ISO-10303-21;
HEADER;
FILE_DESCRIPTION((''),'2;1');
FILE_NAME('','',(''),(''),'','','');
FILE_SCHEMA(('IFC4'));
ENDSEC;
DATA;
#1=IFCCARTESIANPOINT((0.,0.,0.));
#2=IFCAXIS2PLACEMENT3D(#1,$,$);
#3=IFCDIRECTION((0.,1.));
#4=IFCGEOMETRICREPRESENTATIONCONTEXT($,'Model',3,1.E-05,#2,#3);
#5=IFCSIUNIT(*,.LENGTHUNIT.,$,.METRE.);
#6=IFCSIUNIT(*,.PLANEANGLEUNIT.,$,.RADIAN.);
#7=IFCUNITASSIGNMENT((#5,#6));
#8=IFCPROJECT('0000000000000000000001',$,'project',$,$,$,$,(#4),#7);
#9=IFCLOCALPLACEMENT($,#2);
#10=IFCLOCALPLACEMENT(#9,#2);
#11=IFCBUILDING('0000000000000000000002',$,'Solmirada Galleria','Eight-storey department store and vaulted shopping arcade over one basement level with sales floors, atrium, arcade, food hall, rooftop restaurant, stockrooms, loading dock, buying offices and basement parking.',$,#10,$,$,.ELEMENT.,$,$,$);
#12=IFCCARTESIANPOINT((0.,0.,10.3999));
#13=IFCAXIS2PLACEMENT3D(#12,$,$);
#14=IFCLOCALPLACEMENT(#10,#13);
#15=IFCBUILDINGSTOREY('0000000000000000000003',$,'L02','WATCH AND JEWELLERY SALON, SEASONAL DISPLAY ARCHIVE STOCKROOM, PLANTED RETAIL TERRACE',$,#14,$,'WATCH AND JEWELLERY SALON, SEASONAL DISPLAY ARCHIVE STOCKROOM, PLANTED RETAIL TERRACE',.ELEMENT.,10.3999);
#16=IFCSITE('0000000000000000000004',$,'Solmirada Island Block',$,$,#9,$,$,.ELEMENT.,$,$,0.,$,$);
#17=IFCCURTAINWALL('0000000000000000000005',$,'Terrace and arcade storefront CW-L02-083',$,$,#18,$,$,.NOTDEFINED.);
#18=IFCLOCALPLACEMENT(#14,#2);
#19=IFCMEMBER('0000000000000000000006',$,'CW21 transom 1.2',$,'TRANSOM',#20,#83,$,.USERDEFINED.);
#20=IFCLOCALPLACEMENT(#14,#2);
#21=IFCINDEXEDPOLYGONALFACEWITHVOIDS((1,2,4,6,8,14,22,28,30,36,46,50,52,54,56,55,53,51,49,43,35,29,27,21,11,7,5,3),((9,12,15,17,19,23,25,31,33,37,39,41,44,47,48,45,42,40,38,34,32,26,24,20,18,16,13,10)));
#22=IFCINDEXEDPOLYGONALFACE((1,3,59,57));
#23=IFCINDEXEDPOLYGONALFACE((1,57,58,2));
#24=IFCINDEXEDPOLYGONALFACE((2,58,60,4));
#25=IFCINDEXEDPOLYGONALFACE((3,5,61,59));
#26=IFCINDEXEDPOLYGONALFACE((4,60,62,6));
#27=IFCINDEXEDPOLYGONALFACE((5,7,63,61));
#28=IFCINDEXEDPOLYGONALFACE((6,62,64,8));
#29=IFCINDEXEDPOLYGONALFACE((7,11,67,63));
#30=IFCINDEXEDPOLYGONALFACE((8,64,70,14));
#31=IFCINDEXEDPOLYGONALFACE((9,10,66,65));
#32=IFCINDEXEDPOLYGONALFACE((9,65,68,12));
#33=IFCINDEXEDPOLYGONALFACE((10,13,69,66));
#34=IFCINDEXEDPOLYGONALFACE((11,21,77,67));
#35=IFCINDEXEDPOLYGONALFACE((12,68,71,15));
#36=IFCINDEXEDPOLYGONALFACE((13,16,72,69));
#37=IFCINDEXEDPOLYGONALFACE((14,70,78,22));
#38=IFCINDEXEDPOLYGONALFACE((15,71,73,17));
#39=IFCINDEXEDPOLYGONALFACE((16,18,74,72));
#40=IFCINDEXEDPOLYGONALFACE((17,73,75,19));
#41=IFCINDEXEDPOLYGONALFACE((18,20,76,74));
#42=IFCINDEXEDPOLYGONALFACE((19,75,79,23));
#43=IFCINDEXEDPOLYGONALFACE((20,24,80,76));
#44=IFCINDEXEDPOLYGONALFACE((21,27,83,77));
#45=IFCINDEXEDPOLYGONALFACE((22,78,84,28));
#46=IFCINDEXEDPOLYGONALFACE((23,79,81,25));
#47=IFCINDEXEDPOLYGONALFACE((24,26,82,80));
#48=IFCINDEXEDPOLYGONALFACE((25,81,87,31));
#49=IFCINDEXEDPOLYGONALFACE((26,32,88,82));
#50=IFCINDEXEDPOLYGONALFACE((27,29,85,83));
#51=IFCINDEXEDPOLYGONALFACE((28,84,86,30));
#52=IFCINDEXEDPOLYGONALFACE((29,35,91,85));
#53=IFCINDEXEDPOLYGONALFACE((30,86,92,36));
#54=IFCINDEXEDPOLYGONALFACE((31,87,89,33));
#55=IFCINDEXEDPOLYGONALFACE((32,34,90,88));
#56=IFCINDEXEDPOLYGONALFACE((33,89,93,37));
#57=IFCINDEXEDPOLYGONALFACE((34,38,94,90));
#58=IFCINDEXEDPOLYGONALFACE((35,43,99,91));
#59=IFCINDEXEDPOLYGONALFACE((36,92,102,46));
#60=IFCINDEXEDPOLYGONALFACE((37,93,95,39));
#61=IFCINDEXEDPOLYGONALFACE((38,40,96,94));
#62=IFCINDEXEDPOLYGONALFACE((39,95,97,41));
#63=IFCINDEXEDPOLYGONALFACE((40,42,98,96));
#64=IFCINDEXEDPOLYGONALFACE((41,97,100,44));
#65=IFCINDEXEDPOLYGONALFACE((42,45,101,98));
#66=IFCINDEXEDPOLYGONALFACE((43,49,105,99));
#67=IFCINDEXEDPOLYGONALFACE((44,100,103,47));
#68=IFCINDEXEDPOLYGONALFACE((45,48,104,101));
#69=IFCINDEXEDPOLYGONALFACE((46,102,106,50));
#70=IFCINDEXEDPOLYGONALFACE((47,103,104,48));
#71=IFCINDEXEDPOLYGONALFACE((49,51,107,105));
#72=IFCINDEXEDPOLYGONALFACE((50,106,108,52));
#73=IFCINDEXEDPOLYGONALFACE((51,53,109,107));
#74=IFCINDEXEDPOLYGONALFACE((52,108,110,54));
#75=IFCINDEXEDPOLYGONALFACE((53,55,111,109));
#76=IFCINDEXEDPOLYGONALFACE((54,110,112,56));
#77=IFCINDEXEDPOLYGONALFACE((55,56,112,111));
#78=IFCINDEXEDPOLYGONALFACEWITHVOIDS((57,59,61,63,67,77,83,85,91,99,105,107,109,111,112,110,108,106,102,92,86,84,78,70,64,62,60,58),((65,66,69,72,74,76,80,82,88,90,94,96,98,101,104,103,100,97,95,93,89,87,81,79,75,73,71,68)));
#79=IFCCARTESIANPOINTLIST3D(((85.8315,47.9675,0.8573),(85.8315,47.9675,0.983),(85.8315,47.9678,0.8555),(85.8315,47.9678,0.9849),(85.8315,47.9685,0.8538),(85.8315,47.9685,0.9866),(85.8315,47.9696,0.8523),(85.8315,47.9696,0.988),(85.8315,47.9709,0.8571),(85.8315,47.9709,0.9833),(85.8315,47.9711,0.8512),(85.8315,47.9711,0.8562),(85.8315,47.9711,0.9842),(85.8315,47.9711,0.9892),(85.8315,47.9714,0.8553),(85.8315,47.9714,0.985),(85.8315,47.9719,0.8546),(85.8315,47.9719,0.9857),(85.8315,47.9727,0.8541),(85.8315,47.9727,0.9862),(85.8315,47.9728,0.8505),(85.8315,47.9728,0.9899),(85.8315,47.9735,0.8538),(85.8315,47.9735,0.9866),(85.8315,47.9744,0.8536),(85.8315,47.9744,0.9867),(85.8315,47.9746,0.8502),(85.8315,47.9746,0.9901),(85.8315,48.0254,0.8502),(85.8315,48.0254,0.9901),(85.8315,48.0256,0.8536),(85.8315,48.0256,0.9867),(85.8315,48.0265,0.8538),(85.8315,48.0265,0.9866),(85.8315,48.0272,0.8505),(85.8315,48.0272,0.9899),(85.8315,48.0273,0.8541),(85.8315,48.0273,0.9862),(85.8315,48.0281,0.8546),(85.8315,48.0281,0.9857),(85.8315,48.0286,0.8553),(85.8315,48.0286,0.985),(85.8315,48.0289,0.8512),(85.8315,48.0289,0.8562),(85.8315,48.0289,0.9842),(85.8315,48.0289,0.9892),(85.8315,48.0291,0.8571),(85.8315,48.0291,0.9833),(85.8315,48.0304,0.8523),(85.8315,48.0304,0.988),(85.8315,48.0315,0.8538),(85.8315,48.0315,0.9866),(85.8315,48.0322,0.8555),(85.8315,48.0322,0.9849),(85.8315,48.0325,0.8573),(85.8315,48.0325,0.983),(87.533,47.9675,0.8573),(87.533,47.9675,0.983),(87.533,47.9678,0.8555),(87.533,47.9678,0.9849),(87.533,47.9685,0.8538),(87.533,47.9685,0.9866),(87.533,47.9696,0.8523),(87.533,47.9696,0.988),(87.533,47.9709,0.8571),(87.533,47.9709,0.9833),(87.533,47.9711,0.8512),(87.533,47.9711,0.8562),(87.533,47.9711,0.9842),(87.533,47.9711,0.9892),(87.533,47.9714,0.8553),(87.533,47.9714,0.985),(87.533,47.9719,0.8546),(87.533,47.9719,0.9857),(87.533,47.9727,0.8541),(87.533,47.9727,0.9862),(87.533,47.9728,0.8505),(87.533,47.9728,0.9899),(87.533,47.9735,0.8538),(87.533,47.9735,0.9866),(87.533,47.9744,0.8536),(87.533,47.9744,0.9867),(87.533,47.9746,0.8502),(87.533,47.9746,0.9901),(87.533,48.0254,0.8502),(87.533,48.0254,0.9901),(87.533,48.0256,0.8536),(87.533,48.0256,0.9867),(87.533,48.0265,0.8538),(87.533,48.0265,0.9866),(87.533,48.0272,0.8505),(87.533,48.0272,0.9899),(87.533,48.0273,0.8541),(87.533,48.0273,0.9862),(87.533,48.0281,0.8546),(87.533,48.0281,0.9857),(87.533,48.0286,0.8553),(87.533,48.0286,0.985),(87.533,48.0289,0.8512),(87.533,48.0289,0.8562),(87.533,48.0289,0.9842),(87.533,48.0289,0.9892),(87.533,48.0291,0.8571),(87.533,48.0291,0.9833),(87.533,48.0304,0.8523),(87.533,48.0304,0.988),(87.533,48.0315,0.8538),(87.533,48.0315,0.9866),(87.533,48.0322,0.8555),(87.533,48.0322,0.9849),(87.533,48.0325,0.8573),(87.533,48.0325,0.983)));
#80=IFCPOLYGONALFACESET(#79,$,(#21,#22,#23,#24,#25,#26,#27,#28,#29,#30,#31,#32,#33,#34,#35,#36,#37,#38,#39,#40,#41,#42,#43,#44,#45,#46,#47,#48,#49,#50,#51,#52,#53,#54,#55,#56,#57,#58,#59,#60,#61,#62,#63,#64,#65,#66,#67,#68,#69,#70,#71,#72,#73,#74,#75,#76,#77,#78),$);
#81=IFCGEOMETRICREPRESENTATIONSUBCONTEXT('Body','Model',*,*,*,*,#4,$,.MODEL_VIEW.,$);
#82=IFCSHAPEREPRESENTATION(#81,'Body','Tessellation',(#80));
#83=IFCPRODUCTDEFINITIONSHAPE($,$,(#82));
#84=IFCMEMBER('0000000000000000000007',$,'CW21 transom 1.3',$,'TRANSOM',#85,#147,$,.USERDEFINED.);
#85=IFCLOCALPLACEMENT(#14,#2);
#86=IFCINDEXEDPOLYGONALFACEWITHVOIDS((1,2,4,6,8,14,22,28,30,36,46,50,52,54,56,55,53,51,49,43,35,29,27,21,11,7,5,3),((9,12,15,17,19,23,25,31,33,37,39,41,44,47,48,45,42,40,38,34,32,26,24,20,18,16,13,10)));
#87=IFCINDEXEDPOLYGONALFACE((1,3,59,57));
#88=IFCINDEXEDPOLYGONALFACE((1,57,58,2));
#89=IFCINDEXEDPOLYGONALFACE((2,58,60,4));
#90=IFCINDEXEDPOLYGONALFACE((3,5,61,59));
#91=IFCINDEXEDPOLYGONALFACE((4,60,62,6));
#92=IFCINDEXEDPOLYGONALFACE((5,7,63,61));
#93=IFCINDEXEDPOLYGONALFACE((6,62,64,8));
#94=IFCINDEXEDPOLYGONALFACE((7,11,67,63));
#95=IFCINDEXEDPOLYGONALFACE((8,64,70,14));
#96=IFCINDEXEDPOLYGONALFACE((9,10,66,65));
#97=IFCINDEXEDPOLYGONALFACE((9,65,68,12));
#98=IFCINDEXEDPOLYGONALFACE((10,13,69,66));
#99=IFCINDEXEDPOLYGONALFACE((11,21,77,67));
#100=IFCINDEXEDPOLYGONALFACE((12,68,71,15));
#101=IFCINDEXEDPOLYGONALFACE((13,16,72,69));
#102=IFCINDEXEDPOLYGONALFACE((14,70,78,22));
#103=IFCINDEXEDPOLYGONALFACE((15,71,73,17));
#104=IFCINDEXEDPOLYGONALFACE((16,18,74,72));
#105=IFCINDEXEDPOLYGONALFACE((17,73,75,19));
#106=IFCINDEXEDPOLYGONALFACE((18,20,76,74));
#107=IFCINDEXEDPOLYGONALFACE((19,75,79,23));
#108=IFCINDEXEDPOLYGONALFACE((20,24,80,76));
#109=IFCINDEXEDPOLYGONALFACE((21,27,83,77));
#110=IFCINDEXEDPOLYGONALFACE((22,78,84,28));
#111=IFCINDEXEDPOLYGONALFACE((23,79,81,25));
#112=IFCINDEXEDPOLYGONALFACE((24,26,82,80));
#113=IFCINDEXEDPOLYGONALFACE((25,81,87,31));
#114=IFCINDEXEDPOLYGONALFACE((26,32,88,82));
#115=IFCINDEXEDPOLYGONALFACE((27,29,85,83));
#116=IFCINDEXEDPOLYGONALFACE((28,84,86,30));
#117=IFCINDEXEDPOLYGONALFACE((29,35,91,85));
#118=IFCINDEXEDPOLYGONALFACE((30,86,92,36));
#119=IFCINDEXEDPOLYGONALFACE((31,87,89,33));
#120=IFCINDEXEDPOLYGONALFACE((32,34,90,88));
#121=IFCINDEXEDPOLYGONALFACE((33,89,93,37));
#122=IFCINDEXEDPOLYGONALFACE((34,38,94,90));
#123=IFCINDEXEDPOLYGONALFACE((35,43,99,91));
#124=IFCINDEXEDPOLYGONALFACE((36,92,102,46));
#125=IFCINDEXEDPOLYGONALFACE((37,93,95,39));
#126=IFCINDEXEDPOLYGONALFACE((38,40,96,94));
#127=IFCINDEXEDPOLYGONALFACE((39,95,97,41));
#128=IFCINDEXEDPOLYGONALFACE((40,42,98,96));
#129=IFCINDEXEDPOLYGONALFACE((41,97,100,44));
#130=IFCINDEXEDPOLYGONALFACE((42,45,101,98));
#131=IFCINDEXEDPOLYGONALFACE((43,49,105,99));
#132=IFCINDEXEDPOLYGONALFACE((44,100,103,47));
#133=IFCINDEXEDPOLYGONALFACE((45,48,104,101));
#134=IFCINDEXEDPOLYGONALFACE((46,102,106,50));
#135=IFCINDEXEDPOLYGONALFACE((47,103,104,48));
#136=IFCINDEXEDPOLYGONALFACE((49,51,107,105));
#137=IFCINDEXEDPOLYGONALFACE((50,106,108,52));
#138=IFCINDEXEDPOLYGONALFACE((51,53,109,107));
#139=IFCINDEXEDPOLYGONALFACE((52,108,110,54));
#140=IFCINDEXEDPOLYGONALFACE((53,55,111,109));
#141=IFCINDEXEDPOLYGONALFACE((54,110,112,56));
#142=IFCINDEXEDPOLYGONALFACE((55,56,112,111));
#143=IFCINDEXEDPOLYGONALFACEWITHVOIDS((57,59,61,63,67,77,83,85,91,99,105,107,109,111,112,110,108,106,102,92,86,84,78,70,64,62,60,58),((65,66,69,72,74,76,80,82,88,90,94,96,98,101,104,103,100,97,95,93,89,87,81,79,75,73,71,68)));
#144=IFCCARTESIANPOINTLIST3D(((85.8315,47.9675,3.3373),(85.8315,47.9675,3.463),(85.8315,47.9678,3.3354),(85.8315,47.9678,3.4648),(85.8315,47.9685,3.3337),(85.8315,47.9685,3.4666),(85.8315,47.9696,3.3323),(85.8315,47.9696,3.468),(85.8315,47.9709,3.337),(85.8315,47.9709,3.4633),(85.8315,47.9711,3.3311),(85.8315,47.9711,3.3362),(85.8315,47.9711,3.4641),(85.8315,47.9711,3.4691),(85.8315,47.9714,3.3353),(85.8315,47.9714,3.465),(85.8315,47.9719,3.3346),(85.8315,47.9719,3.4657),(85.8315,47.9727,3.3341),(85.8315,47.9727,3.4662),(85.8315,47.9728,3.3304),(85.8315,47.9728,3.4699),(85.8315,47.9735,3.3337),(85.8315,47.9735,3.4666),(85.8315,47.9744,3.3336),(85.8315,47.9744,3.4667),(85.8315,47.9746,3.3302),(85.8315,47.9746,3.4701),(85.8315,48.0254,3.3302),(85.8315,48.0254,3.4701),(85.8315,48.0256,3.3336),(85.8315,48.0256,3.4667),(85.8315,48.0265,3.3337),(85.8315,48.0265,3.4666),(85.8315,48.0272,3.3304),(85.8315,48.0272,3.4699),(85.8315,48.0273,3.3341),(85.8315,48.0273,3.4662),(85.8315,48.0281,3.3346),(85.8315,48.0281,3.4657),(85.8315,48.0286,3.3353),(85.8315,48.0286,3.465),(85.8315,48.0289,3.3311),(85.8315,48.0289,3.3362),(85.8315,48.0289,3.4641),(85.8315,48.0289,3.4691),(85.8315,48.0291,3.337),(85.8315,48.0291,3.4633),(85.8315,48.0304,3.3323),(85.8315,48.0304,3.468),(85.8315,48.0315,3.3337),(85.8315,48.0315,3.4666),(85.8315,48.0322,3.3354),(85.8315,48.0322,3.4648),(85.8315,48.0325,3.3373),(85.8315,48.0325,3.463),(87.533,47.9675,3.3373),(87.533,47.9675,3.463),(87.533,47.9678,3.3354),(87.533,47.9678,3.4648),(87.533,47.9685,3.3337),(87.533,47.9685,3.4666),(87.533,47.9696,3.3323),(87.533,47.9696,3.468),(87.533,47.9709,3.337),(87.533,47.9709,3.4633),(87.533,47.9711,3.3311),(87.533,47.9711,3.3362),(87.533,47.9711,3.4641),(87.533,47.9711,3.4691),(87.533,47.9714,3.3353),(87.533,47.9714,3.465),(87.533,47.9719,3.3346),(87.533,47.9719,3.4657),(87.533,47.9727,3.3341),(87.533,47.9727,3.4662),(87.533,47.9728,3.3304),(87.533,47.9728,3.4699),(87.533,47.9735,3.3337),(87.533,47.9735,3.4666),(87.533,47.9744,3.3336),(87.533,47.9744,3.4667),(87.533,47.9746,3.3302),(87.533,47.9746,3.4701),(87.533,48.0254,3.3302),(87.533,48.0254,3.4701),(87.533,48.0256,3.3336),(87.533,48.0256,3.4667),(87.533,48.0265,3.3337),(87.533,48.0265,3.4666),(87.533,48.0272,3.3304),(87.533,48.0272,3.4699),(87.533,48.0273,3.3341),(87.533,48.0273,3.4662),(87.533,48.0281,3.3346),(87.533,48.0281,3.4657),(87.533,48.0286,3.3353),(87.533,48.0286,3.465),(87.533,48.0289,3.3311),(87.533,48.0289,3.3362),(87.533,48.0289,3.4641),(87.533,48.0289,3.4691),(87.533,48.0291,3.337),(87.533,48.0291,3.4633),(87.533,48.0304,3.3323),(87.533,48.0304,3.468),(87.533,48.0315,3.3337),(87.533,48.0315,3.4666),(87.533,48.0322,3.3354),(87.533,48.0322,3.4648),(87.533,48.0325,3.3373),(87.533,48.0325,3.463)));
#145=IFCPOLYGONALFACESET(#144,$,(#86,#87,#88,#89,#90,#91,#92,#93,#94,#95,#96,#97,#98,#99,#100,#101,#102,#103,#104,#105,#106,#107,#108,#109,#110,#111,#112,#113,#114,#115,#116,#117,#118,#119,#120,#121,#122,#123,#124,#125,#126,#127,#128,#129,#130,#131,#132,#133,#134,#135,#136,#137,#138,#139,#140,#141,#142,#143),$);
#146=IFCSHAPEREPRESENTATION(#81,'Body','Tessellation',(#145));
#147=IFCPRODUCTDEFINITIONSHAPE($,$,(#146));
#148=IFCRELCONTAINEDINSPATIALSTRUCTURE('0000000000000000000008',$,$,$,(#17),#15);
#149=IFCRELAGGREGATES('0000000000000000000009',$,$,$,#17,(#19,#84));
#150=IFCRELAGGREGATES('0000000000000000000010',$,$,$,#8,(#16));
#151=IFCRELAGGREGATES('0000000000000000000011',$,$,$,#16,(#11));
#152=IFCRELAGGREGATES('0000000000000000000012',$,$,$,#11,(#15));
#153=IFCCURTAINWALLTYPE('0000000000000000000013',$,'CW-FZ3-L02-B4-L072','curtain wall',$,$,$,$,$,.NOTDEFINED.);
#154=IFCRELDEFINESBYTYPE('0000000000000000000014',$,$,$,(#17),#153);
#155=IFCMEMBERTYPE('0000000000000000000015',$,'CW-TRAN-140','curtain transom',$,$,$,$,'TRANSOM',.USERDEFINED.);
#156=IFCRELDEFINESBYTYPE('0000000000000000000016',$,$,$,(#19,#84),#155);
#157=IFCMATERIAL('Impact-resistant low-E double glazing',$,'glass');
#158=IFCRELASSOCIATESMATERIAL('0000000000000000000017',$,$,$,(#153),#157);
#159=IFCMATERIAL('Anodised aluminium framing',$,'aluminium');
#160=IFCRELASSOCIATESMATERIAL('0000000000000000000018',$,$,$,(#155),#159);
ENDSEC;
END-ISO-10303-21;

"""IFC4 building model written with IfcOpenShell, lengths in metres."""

from ifc_helpers import new_model, si_unit, direction, frame, origin, origin_2d, place, context, subcontext, project, spatial, hollow_rectangle, extrude, material, material_profile, profile_set, type_object, element, aggregate, save


model = new_model("IFC4")

# Units and contexts
model_context = context("Model", 3, precision=1e-05, world=origin(), true_north=direction((0.0, 1.0)))
body_context = subcontext(model_context, "Body", "Model", "MODEL_VIEW")
ifc_project = project(units=[si_unit("LENGTHUNIT", "METRE"), si_unit("PLANEANGLEUNIT", "RADIAN")], contexts=[model_context])

# Site, building, storey
site_placement = place(None, origin())
site = spatial("IfcSite", under=ifc_project, at=site_placement, Name="Solmirada Island Block", CompositionType="ELEMENT", RefElevation=0.0)
building_placement = place(site_placement, origin())
building = spatial("IfcBuilding", under=site, at=building_placement, Name="Solmirada Galleria", Description="Eight-storey department store and vaulted shopping arcade over one basement level with sales floors, atrium, arcade, food hall, rooftop restaurant, stockrooms, loading dock, buying offices and basement parking.", CompositionType="ELEMENT")
storey_placement = place(building_placement, frame((0.0, 0.0, 10.3999)))
storey = spatial("IfcBuildingStorey", under=building, at=storey_placement, Name="L02", Description="WATCH AND JEWELLERY SALON, SEASONAL DISPLAY ARCHIVE STOCKROOM, PLANTED RETAIL TERRACE", LongName="WATCH AND JEWELLERY SALON, SEASONAL DISPLAY ARCHIVE STOCKROOM, PLANTED RETAIL TERRACE", CompositionType="ELEMENT", Elevation=10.3999)

# Curtain wall
ifc_material_1 = material(Name="Impact-resistant low-E double glazing", Category="glass")
curtain_wall_type = type_object("IfcCurtainWallType", Name="CW-FZ3-L02-B4-L072", Description="curtain wall", PredefinedType="NOTDEFINED", material=ifc_material_1)
curtain_wall_1_placement = place(storey_placement, origin())
curtain_wall_1 = element("IfcCurtainWall", 1, at=curtain_wall_1_placement, inside=storey, type_object=curtain_wall_type, Name="Terrace and arcade storefront CW-L02-083", PredefinedType="NOTDEFINED")
ifc_material_2 = material(Name="Anodised aluminium framing", Category="aluminium")

# Members
ifc_material_profile_1 = material_profile(ifc_material_2, hollow_rectangle(XDim=0.0649, YDim=0.1399, WallThickness=0.0034, InnerFilletRadius=0.0034, OuterFilletRadius=0.0071, at=origin_2d()), Name="ALU-TRAN-140X65")
ifc_profile_set_1 = profile_set([ifc_material_profile_1], Name="Anodised aluminium framing")
member_type_1 = type_object("IfcMemberType", Name="CW-TRAN-140", Description="curtain transom", ElementType="TRANSOM", PredefinedType="USERDEFINED", material=ifc_profile_set_1)
member_1_placement = place(storey_placement, frame((87.533, 48.0, 0.9202), z_axis=(-1.0, 0.0, 0.0), x_axis=(0.0, -1.0, 0.0)))
member_1 = element("IfcMember", 2, at=member_1_placement, type_object=member_type_1, Name="CW21 transom 1.2", ObjectType="TRANSOM", PredefinedType="USERDEFINED", context=body_context, shape_type="SweptSolid", body=[
    extrude(hollow_rectangle(XDim=0.0649, YDim=0.1399, WallThickness=0.0034, InnerFilletRadius=0.0034, OuterFilletRadius=0.0071, at=origin_2d()), origin(), (0.0, 0.0, 1.0), 1.7014),
])
member_2_placement = place(storey_placement, frame((87.533, 48.0, 3.4001), z_axis=(-1.0, 0.0, 0.0), x_axis=(0.0, -1.0, 0.0)))
member_2 = element("IfcMember", 3, at=member_2_placement, type_object=member_type_1, Name="CW21 transom 1.3", ObjectType="TRANSOM", PredefinedType="USERDEFINED", context=body_context, shape_type="SweptSolid", body=[
    extrude(hollow_rectangle(XDim=0.0649, YDim=0.1399, WallThickness=0.0034, InnerFilletRadius=0.0034, OuterFilletRadius=0.0071, at=origin_2d()), origin(), (0.0, 0.0, 1.0), 1.7014),
])

aggregate(curtain_wall_1, [member_1, member_2])

save(model, "model.ifc")
